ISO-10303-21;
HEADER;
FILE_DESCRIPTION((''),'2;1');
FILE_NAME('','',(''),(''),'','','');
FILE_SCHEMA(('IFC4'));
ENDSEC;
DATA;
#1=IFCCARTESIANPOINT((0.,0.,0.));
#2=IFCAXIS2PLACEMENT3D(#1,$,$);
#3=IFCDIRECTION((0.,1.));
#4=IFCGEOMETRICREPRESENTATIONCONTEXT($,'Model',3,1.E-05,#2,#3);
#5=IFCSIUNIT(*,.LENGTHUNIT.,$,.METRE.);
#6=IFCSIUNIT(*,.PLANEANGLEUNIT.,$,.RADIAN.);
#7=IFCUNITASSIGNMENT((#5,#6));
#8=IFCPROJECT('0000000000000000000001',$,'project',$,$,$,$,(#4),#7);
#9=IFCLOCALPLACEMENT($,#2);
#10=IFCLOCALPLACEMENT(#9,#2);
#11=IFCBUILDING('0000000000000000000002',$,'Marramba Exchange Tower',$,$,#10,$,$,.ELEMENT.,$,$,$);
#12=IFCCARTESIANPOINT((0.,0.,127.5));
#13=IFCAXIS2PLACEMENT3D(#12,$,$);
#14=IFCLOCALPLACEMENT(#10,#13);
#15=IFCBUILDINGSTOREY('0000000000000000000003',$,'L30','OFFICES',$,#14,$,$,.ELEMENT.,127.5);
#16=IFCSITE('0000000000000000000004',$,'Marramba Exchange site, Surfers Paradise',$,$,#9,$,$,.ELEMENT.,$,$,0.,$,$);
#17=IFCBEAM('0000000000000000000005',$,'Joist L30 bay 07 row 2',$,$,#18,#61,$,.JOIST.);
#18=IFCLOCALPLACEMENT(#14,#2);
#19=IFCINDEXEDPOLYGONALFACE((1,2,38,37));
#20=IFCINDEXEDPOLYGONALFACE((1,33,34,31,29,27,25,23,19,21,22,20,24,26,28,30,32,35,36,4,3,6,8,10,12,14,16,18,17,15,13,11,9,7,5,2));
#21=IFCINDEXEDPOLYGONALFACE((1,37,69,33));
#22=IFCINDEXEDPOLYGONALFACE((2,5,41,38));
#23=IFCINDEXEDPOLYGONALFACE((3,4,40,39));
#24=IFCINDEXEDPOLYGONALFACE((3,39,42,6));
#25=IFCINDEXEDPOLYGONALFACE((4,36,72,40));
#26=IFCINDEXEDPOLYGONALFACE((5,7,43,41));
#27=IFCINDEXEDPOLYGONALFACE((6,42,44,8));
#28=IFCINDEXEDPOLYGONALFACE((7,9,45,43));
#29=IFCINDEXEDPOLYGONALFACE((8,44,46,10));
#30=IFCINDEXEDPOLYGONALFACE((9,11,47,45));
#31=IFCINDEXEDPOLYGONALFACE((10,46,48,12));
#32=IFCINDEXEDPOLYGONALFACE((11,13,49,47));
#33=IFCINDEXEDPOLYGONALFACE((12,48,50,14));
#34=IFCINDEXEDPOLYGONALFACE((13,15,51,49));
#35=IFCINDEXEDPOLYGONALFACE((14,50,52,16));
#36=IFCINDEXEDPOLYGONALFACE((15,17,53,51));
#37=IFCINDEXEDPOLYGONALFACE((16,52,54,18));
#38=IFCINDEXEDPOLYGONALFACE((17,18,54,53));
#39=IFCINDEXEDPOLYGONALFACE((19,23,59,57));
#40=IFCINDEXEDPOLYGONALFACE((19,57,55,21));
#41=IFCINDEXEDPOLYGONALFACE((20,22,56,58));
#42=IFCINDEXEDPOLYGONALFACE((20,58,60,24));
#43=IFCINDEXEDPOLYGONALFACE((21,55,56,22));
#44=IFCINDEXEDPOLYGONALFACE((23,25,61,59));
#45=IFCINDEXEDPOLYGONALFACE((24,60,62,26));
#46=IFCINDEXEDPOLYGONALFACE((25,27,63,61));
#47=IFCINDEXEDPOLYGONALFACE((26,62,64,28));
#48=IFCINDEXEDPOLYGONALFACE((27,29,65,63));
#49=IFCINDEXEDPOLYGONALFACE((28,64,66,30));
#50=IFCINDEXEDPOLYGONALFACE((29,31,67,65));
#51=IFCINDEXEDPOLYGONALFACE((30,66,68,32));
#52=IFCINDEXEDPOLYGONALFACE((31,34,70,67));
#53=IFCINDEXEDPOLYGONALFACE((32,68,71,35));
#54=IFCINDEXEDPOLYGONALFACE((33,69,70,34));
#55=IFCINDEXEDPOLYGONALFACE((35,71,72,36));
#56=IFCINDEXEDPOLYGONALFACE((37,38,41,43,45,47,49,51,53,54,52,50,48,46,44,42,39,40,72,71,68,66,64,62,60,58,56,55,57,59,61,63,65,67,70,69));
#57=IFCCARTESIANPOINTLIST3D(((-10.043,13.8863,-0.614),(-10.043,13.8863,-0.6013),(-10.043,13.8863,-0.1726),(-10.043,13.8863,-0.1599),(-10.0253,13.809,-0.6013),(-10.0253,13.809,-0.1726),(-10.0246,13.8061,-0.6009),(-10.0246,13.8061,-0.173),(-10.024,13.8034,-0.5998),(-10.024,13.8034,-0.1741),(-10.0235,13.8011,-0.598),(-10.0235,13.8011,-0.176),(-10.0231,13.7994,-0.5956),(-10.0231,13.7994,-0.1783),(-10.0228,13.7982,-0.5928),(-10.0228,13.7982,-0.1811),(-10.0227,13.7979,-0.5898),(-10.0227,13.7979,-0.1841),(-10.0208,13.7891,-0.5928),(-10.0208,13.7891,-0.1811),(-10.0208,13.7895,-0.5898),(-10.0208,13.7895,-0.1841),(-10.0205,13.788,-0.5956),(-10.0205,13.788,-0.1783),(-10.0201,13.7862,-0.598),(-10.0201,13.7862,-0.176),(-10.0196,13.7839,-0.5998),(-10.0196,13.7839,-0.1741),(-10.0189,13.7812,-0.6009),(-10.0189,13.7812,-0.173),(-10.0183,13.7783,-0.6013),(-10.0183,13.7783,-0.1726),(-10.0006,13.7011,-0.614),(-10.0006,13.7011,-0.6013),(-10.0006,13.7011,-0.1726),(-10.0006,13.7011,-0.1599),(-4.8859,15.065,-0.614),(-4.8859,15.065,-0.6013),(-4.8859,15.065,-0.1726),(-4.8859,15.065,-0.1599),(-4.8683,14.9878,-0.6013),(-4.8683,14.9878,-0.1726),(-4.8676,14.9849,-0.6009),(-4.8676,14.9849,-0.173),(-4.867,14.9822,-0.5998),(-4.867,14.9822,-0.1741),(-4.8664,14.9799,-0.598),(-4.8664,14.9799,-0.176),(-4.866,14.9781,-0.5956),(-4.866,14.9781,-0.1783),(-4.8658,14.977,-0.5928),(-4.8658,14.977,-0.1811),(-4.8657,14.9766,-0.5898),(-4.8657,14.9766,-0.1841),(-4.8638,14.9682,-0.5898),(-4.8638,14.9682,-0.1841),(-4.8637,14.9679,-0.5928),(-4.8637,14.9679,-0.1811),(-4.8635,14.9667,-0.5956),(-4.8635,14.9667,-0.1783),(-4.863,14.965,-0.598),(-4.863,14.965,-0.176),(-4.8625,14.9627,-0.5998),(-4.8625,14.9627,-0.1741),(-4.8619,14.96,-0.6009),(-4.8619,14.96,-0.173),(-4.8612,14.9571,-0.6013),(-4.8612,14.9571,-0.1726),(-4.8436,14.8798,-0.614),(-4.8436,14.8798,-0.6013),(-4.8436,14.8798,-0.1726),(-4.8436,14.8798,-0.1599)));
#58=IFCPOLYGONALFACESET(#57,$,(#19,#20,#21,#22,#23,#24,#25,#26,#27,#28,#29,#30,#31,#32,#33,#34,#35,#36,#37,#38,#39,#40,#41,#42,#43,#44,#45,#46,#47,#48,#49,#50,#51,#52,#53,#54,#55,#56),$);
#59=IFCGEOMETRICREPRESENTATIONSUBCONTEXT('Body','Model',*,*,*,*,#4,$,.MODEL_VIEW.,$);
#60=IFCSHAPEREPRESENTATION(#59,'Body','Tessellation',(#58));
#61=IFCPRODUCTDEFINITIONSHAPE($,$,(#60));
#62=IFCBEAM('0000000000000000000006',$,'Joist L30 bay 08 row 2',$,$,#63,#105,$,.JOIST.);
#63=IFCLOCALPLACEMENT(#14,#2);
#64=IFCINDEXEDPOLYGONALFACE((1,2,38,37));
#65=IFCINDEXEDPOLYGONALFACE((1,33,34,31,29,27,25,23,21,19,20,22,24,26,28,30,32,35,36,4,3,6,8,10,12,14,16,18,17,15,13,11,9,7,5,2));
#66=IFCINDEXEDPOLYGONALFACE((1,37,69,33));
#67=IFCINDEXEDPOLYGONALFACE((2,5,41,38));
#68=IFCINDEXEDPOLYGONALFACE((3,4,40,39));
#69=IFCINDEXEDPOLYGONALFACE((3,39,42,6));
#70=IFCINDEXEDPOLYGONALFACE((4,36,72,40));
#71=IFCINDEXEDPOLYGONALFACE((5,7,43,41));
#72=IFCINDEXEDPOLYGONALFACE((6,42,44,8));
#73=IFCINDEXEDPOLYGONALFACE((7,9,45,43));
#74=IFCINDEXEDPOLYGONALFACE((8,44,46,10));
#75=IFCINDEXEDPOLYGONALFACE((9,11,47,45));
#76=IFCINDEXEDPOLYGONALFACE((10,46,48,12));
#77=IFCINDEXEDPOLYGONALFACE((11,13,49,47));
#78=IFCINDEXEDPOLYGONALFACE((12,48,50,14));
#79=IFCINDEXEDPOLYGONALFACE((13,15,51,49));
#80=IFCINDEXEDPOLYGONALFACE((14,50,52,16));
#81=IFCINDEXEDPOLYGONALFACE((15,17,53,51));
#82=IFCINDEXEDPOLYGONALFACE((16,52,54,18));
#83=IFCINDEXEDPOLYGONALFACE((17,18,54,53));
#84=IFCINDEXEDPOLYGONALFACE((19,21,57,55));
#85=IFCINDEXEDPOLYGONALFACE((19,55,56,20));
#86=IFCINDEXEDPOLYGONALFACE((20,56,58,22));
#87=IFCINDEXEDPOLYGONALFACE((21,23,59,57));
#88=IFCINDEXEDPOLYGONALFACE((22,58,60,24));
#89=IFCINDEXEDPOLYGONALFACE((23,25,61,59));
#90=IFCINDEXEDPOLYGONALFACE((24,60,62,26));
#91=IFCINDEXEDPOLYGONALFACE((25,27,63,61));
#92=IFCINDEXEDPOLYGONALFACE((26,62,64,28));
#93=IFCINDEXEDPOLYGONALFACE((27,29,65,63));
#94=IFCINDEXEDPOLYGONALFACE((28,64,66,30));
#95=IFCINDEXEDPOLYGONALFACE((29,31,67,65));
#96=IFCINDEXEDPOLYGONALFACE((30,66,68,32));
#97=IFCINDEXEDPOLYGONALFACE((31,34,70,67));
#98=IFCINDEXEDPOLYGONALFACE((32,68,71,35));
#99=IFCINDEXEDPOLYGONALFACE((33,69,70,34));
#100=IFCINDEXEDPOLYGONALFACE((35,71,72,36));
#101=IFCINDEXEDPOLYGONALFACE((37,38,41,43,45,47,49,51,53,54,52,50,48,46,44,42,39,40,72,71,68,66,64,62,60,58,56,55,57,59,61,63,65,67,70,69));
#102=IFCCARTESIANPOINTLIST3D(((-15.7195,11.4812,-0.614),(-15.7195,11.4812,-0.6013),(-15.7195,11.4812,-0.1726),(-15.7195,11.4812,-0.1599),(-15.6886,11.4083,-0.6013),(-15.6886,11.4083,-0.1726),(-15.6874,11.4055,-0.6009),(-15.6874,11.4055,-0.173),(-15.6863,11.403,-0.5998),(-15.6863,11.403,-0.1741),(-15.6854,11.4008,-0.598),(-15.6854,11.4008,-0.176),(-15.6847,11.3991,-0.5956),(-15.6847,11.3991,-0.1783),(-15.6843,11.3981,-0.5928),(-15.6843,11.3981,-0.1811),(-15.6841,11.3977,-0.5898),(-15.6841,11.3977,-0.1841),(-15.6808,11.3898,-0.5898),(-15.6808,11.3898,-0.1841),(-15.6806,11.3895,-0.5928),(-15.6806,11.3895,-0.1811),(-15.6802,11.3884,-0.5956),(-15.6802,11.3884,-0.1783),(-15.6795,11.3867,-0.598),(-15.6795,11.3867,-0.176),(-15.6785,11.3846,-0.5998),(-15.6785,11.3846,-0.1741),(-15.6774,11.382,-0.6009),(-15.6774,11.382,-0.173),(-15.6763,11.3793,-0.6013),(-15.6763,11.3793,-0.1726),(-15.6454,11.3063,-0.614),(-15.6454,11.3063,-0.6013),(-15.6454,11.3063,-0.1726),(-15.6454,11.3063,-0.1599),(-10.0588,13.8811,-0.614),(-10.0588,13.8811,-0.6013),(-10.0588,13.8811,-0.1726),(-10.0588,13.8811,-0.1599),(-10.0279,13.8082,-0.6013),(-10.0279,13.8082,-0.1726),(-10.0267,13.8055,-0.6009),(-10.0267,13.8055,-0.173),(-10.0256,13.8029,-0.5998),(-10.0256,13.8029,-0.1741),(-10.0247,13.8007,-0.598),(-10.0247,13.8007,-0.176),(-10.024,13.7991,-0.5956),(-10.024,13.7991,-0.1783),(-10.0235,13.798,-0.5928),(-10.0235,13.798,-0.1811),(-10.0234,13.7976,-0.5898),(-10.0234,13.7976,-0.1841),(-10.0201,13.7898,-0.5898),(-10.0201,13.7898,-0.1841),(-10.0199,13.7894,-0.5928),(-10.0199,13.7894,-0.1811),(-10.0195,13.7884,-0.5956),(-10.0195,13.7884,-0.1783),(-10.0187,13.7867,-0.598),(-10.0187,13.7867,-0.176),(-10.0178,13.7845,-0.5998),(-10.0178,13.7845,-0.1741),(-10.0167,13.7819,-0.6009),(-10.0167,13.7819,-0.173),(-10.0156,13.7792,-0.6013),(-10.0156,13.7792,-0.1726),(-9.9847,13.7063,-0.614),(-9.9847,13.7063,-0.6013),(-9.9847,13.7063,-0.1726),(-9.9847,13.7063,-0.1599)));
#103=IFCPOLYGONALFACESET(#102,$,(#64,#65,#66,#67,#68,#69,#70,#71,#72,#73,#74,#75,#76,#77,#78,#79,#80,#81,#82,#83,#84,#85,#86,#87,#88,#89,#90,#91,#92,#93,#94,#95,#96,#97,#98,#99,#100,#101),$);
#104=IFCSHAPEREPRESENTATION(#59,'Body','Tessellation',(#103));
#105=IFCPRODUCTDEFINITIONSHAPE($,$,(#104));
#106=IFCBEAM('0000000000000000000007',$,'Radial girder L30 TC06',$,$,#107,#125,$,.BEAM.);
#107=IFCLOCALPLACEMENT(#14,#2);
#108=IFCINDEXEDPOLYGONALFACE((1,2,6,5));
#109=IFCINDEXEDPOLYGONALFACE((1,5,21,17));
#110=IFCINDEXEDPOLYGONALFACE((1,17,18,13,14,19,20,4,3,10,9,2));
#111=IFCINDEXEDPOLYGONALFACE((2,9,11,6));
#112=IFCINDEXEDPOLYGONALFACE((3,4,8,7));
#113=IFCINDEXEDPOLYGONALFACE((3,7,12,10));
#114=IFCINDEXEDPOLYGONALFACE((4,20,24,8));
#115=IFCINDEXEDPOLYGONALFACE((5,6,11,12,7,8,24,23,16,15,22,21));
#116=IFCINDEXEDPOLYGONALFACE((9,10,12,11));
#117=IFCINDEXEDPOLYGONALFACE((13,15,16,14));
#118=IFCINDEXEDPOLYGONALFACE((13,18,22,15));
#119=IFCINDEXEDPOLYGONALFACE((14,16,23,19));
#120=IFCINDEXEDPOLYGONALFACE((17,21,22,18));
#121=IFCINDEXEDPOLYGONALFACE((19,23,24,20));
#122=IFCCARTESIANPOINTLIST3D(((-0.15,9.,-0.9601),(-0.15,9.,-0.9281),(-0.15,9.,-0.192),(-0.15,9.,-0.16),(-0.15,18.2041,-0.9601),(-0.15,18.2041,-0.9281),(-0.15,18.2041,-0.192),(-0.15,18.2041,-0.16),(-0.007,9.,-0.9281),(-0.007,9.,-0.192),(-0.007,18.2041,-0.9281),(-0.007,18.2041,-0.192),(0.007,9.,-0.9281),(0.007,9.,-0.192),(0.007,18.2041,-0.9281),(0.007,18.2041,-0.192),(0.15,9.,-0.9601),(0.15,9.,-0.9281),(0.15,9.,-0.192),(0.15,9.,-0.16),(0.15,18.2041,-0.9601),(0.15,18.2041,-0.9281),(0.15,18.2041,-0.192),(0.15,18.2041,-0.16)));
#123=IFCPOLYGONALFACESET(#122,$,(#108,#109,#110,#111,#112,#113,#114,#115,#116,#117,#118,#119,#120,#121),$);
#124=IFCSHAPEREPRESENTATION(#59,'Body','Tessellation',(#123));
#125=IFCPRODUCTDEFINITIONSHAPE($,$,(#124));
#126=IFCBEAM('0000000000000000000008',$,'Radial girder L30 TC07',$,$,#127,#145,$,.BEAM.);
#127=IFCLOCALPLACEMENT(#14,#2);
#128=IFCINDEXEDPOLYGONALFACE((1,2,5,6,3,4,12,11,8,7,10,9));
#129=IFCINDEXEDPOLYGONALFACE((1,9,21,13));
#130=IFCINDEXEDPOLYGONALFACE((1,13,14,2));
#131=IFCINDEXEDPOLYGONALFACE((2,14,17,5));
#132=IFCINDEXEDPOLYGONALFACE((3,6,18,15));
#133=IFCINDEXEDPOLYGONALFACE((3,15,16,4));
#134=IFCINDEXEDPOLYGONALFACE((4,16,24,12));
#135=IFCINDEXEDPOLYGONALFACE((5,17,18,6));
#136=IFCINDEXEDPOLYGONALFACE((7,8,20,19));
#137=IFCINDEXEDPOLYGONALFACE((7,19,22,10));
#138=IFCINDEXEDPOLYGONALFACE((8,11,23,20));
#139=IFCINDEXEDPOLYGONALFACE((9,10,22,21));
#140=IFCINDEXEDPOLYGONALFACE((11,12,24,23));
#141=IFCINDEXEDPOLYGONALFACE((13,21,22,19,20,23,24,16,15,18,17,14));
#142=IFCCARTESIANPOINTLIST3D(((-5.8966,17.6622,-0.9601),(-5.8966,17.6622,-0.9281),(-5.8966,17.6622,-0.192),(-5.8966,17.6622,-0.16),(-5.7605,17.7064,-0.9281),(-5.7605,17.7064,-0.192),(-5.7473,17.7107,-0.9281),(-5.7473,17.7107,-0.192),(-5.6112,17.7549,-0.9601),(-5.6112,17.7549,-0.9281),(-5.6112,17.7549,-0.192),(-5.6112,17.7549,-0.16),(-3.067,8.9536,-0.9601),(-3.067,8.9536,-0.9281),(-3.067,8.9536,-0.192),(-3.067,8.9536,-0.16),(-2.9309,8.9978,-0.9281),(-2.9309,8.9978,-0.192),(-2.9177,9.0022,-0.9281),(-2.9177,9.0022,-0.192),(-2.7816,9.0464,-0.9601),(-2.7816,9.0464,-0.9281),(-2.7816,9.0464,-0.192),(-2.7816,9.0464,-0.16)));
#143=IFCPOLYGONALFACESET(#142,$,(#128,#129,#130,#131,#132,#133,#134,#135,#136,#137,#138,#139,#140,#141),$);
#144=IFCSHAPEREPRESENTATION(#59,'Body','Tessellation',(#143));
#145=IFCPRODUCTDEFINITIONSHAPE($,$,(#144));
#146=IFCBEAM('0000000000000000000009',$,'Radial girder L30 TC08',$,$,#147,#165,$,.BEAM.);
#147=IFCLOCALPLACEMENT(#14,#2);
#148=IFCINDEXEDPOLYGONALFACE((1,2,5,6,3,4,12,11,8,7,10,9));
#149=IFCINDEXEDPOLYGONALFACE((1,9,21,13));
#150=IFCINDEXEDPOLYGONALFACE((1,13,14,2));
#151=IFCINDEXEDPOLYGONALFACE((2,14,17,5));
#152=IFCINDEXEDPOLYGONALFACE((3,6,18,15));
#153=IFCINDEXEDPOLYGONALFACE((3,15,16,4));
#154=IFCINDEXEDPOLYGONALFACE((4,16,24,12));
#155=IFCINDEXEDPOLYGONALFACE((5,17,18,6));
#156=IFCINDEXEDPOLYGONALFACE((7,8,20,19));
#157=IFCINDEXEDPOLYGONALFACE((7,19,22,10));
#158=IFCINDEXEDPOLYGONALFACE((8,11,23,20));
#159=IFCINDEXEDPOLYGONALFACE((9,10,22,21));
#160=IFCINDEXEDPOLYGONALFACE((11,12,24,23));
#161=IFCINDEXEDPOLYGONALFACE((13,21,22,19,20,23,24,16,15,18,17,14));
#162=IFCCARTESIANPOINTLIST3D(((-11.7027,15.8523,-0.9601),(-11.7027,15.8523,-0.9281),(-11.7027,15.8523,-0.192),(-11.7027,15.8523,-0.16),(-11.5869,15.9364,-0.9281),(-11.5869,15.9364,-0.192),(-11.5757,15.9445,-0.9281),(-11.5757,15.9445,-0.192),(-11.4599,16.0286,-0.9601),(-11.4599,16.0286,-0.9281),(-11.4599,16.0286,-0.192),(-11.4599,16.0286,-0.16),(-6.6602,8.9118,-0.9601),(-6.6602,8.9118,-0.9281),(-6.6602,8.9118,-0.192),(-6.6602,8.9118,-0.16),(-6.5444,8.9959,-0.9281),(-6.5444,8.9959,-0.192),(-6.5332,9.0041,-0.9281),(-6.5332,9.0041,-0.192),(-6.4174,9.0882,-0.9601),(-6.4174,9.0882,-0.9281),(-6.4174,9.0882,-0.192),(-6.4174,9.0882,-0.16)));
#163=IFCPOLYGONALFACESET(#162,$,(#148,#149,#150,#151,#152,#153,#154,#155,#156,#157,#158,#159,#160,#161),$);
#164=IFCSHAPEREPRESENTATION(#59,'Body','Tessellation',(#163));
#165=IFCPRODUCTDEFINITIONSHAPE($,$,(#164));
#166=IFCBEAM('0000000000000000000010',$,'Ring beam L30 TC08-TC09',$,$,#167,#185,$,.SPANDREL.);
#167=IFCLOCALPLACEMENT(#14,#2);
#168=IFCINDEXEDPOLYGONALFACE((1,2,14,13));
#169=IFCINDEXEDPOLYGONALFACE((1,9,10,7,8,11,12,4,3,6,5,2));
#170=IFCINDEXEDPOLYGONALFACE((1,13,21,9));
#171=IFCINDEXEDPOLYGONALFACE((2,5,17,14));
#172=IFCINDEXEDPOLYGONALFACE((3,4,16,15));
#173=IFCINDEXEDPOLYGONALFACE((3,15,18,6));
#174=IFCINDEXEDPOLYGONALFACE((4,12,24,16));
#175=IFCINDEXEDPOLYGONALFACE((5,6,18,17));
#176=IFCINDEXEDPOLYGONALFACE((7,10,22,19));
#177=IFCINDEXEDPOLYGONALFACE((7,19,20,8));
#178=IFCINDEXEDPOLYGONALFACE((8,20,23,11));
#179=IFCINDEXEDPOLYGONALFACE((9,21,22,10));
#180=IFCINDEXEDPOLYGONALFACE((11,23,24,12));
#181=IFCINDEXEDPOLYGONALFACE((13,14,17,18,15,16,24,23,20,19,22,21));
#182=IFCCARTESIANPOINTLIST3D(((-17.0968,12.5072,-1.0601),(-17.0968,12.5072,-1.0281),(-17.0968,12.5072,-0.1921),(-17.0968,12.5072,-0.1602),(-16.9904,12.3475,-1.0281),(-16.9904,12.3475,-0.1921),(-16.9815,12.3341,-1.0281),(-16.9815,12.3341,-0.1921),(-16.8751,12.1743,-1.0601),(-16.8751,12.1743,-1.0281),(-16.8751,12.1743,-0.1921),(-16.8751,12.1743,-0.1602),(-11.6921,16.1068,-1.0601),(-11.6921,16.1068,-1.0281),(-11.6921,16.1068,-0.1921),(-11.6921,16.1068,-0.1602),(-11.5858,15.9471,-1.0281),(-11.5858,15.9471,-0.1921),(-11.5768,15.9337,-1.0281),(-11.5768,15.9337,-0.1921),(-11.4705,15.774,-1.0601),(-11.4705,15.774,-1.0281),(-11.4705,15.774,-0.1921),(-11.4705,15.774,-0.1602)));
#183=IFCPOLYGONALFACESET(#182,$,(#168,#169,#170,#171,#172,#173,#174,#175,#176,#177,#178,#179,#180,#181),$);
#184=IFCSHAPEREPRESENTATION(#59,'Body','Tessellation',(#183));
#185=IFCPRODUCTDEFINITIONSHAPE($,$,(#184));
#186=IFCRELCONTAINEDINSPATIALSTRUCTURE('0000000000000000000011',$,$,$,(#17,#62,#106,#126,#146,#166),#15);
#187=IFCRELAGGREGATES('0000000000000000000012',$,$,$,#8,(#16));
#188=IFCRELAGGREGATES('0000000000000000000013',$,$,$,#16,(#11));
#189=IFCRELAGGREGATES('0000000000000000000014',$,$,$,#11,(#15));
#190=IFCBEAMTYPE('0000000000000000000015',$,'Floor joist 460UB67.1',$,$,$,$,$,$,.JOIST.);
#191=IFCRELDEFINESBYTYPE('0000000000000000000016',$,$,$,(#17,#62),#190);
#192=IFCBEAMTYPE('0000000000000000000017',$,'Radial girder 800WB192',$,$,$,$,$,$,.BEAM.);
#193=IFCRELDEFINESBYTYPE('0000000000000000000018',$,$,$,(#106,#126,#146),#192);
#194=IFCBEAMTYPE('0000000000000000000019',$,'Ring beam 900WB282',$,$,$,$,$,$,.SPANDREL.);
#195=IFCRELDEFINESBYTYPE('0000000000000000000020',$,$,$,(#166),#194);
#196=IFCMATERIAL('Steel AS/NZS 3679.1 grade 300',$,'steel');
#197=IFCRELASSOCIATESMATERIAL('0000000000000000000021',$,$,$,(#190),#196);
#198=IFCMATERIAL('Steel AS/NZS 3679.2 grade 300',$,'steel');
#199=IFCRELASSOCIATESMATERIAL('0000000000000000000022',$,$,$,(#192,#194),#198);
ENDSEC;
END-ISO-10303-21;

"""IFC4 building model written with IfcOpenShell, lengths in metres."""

from ifc_helpers import new_model, si_unit, direction, frame, origin, origin_2d, place, context, subcontext, project, spatial, i_section, extrude, material, material_profile, profile_set, type_object, element, save


model = new_model("IFC4")

# Units and contexts
model_context = context("Model", 3, precision=1e-05, world=origin(), true_north=direction((0.0, 1.0)))
body_context = subcontext(model_context, "Body", "Model", "MODEL_VIEW")
ifc_project = project(units=[si_unit("LENGTHUNIT", "METRE"), si_unit("PLANEANGLEUNIT", "RADIAN")], contexts=[model_context])

# Site, building, storey
site_placement = place(None, origin())
site = spatial("IfcSite", under=ifc_project, at=site_placement, Name="Marramba Exchange site, Surfers Paradise", CompositionType="ELEMENT", RefElevation=0.0)
building_placement = place(site_placement, origin())
building = spatial("IfcBuilding", under=site, at=building_placement, Name="Marramba Exchange Tower", CompositionType="ELEMENT")
storey_placement = place(building_placement, frame((0.0, 0.0, 127.5)))
storey = spatial("IfcBuildingStorey", under=building, at=storey_placement, Name="L30", Description="OFFICES", CompositionType="ELEMENT", Elevation=127.5)

# Beams
ifc_material_1 = material(Name="Steel AS/NZS 3679.1 grade 300", Category="steel")
ifc_material_profile_1 = material_profile(ifc_material_1, i_section(OverallWidth=0.1899, OverallDepth=0.4541, WebThickness=0.0085, FlangeThickness=0.0127, FilletRadius=0.0115, at=origin_2d()), Name="460UB67.1")
ifc_profile_set_1 = profile_set([ifc_material_profile_1], Name="Steel AS/NZS 3679.1 grade 300")
beam_type_1 = type_object("IfcBeamType", Name="Floor joist 460UB67.1", PredefinedType="JOIST", material=ifc_profile_set_1)
beam_1_placement = place(storey_placement, frame((-4.8647, 14.9724, -0.387), z_axis=(-0.97486, -0.22282, 0.0), x_axis=(0.22282, -0.97486, 0.0)))
element("IfcBeam", 1, at=beam_1_placement, inside=storey, type_object=beam_type_1, Name="Joist L30 bay 07 row 2", PredefinedType="JOIST", context=body_context, shape_type="SweptSolid", body=[
    extrude(i_section(OverallWidth=0.1899, OverallDepth=0.4541, WebThickness=0.0085, FlangeThickness=0.0127, FilletRadius=0.0115, at=origin_2d()), origin(), (0.0, 0.0, 1.0), 5.29),
])
beam_2_placement = place(storey_placement, frame((-10.0217, 13.7937, -0.387), z_axis=(-0.920674, -0.390332, 0.0), x_axis=(0.390332, -0.920674, 0.0)))
element("IfcBeam", 2, at=beam_2_placement, inside=storey, type_object=beam_type_1, Name="Joist L30 bay 08 row 2", PredefinedType="JOIST", context=body_context, shape_type="SweptSolid", body=[
    extrude(i_section(OverallWidth=0.1899, OverallDepth=0.4541, WebThickness=0.0085, FlangeThickness=0.0127, FilletRadius=0.0115, at=origin_2d()), origin(), (0.0, 0.0, 1.0), 6.1484),
])
ifc_material_2 = material(Name="Steel AS/NZS 3679.2 grade 300", Category="steel")
ifc_material_profile_2 = material_profile(ifc_material_2, i_section(OverallWidth=0.3, OverallDepth=0.8, WebThickness=0.0139, FlangeThickness=0.032, at=origin_2d()), Name="800WB192")
ifc_profile_set_2 = profile_set([ifc_material_profile_2], Name="Steel AS/NZS 3679.2 grade 300")
beam_type_2 = type_object("IfcBeamType", Name="Radial girder 800WB192", PredefinedType="BEAM", material=ifc_profile_set_2)
beam_3_placement = place(storey_placement, frame((0.0, 9.0, -0.5601), z_axis=(0.0, 1.0, 0.0), x_axis=(-1.0, 0.0, 0.0)))
element("IfcBeam", 3, at=beam_3_placement, inside=storey, type_object=beam_type_2, Name="Radial girder L30 TC06", PredefinedType="BEAM", context=body_context, shape_type="SweptSolid", body=[
    extrude(i_section(OverallWidth=0.3, OverallDepth=0.8, WebThickness=0.0139, FlangeThickness=0.032, at=origin_2d()), origin(), (0.0, 0.0, 1.0), 9.2041),
])
beam_4_placement = place(storey_placement, frame((-2.9243, 9.0, -0.5601), z_axis=(-0.30902, 0.951056, 0.0), x_axis=(-0.951056, -0.30902, 0.0)))
element("IfcBeam", 4, at=beam_4_placement, inside=storey, type_object=beam_type_2, Name="Radial girder L30 TC07", PredefinedType="BEAM", context=body_context, shape_type="SweptSolid", body=[
    extrude(i_section(OverallWidth=0.3, OverallDepth=0.8, WebThickness=0.0139, FlangeThickness=0.032, at=origin_2d()), origin(), (0.0, 0.0, 1.0), 9.1567),
])
beam_5_placement = place(storey_placement, frame((-6.5388, 9.0, -0.5601), z_axis=(-0.587782, 0.809019, 0.0), x_axis=(-0.809019, -0.587782, 0.0)))
element("IfcBeam", 5, at=beam_5_placement, inside=storey, type_object=beam_type_2, Name="Radial girder L30 TC08", PredefinedType="BEAM", context=body_context, shape_type="SweptSolid", body=[
    extrude(i_section(OverallWidth=0.3, OverallDepth=0.8, WebThickness=0.0139, FlangeThickness=0.032, at=origin_2d()), origin(), (0.0, 0.0, 1.0), 8.5789),
])
ifc_material_profile_3 = material_profile(ifc_material_2, i_section(OverallWidth=0.3999, OverallDepth=0.8999, WebThickness=0.0161, FlangeThickness=0.032, at=origin_2d()), Name="900WB282")
ifc_profile_set_3 = profile_set([ifc_material_profile_3], Name="Steel AS/NZS 3679.2 grade 300")
beam_type_3 = type_object("IfcBeamType", Name="Ring beam 900WB282", PredefinedType="SPANDREL", material=ifc_profile_set_3)
beam_6_placement = place(storey_placement, frame((-11.5813, 15.9404, -0.6101), z_axis=(-0.832293, -0.554336, 0.0), x_axis=(0.554336, -0.832293, 0.0)))
element("IfcBeam", 6, at=beam_6_placement, inside=storey, type_object=beam_type_3, Name="Ring beam L30 TC08-TC09", PredefinedType="SPANDREL", context=body_context, shape_type="SweptSolid", body=[
    extrude(i_section(OverallWidth=0.3999, OverallDepth=0.8999, WebThickness=0.0161, FlangeThickness=0.032, at=origin_2d()), origin(), (0.0, 0.0, 1.0), 6.4937),
])

save(model, "model.ifc")
